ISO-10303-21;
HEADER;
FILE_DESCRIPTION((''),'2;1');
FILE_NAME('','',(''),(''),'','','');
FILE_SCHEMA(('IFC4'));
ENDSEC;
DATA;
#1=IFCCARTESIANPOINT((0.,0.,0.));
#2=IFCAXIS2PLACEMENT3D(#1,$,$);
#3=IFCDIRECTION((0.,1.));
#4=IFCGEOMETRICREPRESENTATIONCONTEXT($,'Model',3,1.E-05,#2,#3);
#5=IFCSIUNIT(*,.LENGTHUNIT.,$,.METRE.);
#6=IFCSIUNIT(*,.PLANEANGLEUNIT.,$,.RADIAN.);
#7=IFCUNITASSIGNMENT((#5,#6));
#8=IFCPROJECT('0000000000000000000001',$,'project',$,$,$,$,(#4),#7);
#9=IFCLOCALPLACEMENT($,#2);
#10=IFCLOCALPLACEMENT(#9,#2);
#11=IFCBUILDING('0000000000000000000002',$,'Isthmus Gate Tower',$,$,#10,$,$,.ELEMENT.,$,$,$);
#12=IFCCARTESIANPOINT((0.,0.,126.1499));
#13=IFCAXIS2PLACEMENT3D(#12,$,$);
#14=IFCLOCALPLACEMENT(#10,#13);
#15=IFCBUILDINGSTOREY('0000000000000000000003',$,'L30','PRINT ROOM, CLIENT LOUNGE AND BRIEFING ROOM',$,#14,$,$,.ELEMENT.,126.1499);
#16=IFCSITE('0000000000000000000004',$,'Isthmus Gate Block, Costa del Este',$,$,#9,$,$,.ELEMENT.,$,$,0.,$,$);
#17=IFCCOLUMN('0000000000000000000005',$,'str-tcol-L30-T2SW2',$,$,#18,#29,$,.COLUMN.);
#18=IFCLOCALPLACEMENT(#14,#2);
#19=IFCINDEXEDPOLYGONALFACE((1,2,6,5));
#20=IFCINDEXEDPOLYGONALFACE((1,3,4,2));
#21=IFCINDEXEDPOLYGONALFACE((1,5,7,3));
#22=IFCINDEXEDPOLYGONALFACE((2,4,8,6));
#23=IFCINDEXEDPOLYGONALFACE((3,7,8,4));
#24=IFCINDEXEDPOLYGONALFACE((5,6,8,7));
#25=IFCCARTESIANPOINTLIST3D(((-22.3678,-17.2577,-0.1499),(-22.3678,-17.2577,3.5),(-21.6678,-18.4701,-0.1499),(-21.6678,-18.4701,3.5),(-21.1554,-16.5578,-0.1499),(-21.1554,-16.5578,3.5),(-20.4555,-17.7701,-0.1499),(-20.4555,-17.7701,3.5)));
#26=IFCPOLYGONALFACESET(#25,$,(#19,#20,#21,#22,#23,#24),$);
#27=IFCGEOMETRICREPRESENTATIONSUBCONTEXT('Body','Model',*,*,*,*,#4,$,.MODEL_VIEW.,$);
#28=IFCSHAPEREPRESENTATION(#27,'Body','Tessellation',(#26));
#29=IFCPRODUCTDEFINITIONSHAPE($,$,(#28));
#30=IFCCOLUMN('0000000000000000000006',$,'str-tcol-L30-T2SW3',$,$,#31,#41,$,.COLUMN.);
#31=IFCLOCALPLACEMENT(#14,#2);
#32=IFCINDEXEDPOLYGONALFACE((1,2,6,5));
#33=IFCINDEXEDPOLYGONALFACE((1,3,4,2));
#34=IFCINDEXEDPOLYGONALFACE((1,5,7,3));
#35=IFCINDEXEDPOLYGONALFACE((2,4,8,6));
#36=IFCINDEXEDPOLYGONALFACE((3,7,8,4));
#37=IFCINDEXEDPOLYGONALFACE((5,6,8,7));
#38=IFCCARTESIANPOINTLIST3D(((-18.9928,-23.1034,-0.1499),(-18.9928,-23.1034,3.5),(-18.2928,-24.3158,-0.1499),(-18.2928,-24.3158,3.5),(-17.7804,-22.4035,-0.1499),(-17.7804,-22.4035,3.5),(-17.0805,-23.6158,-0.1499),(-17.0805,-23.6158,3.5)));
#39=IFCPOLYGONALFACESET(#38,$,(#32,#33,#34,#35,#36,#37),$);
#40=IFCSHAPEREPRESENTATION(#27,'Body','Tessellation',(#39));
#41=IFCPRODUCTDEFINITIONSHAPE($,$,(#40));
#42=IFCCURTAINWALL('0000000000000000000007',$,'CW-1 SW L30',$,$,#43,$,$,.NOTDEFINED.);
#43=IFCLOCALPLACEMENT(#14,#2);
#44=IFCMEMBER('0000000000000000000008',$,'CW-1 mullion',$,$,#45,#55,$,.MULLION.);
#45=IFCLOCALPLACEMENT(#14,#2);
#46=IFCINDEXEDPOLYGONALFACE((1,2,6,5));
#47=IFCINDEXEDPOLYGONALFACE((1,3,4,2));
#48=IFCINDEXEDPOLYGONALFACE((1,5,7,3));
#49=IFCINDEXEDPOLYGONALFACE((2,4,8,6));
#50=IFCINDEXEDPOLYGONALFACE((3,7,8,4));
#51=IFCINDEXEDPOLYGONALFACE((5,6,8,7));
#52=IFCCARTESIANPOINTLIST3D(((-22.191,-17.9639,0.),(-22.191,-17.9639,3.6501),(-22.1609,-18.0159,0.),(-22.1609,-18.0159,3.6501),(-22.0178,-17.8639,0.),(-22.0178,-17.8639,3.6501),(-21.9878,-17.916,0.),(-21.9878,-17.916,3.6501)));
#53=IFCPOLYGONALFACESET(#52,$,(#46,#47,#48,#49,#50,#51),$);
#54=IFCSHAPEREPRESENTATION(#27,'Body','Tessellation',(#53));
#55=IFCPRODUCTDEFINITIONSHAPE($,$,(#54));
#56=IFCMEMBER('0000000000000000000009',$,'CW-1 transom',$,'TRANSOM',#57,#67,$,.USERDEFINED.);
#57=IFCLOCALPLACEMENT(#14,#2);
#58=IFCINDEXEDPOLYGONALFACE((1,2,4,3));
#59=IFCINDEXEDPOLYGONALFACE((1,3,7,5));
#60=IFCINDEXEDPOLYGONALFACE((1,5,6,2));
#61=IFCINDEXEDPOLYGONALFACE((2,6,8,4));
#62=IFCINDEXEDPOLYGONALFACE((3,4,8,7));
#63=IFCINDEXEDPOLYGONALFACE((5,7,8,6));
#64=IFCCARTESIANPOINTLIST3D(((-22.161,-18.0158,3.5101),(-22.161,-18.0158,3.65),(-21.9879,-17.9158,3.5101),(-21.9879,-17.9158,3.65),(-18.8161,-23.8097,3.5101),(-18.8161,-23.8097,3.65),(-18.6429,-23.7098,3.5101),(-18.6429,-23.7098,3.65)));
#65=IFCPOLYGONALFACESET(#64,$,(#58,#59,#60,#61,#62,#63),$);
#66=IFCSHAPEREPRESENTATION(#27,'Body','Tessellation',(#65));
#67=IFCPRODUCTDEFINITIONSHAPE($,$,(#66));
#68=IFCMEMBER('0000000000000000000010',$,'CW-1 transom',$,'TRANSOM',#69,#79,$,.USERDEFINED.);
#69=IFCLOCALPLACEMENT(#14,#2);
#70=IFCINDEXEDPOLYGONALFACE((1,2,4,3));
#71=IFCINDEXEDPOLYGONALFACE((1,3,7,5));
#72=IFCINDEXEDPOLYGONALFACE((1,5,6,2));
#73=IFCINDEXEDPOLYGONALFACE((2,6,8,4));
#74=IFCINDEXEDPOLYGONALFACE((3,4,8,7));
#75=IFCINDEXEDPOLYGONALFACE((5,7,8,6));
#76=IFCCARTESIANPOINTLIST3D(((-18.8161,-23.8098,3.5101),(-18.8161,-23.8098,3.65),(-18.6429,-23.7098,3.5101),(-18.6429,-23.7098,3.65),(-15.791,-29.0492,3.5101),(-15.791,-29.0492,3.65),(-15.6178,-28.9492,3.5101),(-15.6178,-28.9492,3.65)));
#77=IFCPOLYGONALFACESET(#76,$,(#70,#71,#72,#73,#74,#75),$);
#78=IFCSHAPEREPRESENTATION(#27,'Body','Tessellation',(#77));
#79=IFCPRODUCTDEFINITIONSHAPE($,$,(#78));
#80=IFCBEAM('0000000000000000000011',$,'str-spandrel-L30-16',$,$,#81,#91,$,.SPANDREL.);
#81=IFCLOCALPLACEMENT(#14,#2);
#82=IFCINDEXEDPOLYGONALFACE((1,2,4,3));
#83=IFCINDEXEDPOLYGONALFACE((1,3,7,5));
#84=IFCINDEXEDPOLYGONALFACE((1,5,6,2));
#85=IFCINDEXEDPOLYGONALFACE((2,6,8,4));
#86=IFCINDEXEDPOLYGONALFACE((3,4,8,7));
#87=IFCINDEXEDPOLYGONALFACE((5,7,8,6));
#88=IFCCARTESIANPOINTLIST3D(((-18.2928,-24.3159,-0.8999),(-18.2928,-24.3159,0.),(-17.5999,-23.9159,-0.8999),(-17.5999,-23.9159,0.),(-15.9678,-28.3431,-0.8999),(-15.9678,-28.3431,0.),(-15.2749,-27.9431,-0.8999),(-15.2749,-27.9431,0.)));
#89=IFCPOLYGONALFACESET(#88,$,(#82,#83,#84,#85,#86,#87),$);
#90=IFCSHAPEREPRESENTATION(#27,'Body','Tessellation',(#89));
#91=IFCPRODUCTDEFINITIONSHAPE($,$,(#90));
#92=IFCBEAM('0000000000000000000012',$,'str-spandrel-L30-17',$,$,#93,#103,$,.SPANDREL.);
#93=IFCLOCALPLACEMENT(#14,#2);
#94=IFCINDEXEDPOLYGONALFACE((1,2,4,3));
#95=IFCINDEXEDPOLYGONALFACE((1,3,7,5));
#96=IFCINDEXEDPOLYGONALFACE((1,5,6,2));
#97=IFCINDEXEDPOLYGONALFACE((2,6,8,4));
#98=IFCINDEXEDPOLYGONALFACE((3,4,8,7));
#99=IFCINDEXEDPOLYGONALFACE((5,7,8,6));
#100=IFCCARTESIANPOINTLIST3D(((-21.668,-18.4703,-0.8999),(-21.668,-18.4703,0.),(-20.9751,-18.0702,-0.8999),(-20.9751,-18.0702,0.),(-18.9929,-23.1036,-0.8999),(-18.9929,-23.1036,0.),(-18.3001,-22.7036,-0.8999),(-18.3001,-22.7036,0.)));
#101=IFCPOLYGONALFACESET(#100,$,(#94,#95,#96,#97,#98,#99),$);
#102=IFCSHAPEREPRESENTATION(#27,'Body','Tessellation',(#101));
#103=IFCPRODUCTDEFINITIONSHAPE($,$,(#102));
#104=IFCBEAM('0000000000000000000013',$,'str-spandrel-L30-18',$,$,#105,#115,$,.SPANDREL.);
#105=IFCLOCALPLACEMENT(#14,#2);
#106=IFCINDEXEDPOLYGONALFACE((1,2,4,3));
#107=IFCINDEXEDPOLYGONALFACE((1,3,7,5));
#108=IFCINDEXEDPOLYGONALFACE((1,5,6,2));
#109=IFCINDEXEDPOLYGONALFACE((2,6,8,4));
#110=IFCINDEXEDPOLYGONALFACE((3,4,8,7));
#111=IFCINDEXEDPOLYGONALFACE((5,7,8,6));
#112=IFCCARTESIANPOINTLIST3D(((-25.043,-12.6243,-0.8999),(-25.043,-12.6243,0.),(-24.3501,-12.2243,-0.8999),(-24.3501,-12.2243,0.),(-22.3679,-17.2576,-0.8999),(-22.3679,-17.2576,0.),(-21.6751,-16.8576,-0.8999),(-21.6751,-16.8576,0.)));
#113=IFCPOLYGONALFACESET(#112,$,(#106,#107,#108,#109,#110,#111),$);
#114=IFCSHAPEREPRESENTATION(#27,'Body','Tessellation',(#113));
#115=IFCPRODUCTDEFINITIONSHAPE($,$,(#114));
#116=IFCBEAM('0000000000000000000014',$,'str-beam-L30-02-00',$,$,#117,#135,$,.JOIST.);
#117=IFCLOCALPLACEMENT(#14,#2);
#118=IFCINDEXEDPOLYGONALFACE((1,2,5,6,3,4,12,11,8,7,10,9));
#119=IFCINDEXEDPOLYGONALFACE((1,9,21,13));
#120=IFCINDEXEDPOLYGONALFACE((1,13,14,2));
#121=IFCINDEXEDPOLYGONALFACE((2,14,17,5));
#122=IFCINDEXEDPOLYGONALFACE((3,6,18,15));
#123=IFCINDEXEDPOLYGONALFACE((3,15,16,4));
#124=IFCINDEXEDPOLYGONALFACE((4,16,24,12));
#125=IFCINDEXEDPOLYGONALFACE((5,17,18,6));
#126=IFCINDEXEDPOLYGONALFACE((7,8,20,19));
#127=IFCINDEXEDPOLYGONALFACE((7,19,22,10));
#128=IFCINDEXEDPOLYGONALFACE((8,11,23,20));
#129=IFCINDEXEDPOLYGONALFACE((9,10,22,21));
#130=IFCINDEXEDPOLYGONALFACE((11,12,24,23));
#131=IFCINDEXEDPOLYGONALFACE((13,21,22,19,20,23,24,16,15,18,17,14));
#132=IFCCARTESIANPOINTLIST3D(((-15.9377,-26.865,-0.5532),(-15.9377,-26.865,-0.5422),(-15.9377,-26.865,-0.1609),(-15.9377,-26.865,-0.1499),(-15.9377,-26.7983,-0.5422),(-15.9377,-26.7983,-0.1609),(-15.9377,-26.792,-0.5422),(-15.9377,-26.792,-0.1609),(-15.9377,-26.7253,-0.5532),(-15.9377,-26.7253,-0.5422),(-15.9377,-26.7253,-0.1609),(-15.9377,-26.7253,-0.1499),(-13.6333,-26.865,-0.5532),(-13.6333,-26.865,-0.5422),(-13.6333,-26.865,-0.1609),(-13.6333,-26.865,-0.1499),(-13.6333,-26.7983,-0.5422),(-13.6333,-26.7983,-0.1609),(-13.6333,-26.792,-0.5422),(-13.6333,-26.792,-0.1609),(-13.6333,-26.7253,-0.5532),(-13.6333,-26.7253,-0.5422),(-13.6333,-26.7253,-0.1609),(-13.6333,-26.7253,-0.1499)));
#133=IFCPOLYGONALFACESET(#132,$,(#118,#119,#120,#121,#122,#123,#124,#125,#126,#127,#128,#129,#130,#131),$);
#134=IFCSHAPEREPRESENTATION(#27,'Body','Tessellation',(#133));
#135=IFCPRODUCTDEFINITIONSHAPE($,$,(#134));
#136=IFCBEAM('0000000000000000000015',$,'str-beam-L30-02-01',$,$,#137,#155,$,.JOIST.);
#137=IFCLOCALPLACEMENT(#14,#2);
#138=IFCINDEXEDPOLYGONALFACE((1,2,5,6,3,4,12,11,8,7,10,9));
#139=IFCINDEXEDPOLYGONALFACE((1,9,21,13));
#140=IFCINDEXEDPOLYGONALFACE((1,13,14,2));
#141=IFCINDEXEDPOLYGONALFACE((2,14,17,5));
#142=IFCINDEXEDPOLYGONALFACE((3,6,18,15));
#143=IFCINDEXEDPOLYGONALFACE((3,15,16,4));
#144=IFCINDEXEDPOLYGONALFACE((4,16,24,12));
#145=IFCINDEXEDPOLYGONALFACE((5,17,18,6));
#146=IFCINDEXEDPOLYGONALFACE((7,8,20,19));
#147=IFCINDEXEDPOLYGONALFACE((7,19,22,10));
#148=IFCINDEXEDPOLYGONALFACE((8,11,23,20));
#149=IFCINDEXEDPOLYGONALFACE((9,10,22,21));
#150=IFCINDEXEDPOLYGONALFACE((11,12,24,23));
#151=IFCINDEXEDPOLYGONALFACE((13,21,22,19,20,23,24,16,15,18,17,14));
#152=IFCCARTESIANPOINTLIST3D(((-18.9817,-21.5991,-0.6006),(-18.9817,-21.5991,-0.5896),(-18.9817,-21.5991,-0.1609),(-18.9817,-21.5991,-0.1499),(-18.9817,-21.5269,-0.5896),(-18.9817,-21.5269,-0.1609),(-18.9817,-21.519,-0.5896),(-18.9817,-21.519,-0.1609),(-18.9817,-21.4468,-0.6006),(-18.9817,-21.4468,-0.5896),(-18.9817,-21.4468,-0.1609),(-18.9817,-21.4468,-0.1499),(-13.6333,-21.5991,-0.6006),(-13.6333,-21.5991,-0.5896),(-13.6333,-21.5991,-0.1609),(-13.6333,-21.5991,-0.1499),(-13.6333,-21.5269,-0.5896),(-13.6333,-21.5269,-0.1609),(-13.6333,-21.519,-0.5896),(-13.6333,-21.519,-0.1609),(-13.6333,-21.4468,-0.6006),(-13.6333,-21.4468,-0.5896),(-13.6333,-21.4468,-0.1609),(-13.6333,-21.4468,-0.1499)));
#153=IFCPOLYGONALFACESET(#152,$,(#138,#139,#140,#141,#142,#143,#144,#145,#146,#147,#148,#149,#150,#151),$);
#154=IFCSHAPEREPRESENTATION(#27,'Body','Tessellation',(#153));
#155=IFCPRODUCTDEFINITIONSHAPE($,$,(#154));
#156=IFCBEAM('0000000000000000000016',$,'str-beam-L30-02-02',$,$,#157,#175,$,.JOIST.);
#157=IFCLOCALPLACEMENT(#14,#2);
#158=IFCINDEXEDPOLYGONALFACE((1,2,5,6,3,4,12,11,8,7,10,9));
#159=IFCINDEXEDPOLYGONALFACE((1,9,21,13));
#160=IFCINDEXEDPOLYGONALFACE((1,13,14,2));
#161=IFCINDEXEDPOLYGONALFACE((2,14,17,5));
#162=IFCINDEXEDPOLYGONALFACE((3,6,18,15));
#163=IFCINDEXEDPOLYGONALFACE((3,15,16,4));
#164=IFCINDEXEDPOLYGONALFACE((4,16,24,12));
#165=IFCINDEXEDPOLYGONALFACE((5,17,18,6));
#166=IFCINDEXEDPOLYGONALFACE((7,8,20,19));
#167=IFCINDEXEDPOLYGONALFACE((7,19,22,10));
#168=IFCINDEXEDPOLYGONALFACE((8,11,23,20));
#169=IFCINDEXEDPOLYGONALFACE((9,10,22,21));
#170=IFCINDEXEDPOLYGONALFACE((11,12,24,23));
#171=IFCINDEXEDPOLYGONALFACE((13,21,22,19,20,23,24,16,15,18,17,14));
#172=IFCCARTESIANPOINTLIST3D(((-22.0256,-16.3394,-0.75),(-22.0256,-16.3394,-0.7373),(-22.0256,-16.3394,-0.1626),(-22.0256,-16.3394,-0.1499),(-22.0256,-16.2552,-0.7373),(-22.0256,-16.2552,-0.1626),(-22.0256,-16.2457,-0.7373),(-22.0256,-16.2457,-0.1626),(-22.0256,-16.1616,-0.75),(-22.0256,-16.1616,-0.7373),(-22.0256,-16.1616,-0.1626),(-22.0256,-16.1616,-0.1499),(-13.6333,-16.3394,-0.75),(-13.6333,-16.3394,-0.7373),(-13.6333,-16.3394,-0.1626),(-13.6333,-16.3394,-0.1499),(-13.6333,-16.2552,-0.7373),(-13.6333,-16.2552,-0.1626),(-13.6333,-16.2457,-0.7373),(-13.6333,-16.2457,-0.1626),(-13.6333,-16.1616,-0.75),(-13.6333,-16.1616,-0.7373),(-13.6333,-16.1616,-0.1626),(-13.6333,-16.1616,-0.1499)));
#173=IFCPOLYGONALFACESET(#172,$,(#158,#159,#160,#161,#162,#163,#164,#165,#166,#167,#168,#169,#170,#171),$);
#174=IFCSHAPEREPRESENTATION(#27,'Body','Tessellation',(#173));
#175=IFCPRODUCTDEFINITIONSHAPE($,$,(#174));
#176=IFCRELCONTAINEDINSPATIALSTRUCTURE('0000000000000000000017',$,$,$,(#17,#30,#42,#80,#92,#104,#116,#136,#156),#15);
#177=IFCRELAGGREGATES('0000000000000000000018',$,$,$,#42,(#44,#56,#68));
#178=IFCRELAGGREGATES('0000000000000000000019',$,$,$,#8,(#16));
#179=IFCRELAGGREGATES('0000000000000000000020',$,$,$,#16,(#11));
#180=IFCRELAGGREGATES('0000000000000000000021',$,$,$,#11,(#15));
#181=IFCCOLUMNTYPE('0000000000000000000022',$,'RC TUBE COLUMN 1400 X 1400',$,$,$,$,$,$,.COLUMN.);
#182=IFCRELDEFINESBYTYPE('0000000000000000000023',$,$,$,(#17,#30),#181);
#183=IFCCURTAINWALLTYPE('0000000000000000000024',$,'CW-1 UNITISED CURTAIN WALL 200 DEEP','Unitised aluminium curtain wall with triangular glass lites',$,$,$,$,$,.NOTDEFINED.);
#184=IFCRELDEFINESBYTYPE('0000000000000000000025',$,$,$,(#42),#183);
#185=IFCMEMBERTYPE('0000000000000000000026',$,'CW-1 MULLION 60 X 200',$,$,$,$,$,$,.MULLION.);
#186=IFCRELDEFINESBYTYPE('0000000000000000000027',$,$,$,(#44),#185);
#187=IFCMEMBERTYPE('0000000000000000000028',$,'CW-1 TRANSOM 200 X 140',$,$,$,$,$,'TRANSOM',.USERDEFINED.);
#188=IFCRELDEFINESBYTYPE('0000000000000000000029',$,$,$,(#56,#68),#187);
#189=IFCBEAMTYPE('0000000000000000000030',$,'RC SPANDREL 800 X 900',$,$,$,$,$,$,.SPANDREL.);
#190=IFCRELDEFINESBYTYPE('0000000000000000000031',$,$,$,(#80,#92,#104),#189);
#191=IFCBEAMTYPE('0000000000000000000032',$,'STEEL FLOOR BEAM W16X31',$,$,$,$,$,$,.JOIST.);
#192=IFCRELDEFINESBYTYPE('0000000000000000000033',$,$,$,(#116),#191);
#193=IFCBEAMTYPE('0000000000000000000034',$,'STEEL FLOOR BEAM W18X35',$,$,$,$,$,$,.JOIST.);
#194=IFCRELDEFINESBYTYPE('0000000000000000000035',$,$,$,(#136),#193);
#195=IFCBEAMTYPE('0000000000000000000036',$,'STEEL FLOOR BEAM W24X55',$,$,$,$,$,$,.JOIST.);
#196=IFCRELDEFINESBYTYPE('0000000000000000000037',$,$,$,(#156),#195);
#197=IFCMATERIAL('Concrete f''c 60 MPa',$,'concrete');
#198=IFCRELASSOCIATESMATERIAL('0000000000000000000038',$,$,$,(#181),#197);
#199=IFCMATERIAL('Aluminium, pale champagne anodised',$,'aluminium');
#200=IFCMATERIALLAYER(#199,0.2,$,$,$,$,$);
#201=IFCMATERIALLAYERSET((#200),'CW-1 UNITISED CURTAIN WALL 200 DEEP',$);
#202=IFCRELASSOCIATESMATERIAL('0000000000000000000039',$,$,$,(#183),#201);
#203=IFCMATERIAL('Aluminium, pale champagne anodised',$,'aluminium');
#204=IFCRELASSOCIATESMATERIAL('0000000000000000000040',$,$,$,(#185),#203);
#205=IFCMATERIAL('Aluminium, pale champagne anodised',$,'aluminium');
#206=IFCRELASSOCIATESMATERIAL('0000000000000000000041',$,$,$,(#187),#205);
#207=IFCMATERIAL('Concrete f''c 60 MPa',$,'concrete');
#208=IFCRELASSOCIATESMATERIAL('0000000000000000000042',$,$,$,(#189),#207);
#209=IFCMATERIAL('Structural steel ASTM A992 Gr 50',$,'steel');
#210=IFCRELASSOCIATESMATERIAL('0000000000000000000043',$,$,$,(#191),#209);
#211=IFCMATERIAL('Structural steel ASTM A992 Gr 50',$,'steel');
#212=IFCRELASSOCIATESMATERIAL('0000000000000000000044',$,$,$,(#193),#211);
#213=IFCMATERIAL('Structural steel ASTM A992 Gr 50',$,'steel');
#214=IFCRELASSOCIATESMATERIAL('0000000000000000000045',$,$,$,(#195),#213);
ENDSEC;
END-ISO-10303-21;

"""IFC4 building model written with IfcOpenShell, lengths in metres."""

from ifc_helpers import new_model, si_unit, direction, frame, origin, origin_2d, place, context, subcontext, project, spatial, rectangle, i_section, extrude, material, layer, layer_set, material_profile, profile_set, type_object, element, aggregate, save


model = new_model("IFC4")

# Units and contexts
model_context = context("Model", 3, precision=1e-05, world=origin(), true_north=direction((0.0, 1.0)))
body_context = subcontext(model_context, "Body", "Model", "MODEL_VIEW")
ifc_project = project(units=[si_unit("LENGTHUNIT", "METRE"), si_unit("PLANEANGLEUNIT", "RADIAN")], contexts=[model_context])

# Site, building, storey
site_placement = place(None, origin())
site = spatial("IfcSite", under=ifc_project, at=site_placement, Name="Isthmus Gate Block, Costa del Este", CompositionType="ELEMENT", RefElevation=0.0)
building_placement = place(site_placement, origin())
building = spatial("IfcBuilding", under=site, at=building_placement, Name="Isthmus Gate Tower", CompositionType="ELEMENT")
storey_placement = place(building_placement, frame((0.0, 0.0, 126.1499)))
storey = spatial("IfcBuildingStorey", under=building, at=storey_placement, Name="L30", Description="PRINT ROOM, CLIENT LOUNGE AND BRIEFING ROOM", CompositionType="ELEMENT", Elevation=126.1499)

# Columns
ifc_material_1 = material(Name="Concrete f'c 60 MPa", Category="concrete")
ifc_material_profile_1 = material_profile(ifc_material_1, rectangle(XDim=1.3999, YDim=1.3999, at=origin_2d()), Name="RC 1400X1400")
ifc_profile_set_1 = profile_set([ifc_material_profile_1], Name="Concrete f'c 60 MPa")
column_type = type_object("IfcColumnType", Name="RC TUBE COLUMN 1400 X 1400", PredefinedType="COLUMN", material=ifc_profile_set_1)
for number, where, z_axis, x_axis, name in (
    (1, (-21.4116, -17.5139, -0.1499), (0.0, 0.0, 1.0), (0.5, -0.866025, 0.0), "str-tcol-L30-T2SW2"),
    (2, (-18.0366, -23.3596, -0.1499), (0.0, 0.0, 1.0), (0.5, -0.866025, 0.0), "str-tcol-L30-T2SW3"),
):
    element("IfcColumn", number, at=place(storey_placement, frame(where, z_axis=z_axis, x_axis=x_axis)), inside=storey, type_object=column_type, Name=name, PredefinedType="COLUMN", context=body_context, shape_type="SweptSolid", body=[
        extrude(rectangle(XDim=1.3999, YDim=1.3999, at=origin_2d()), origin(), (0.0, 0.0, 1.0), 3.6499),
    ])

# Curtain wall, members
ifc_material_2 = material(Name="Aluminium, pale champagne anodised", Category="aluminium")
ifc_layer_1 = layer(ifc_material_2, 0.2)
ifc_layer_set_1 = layer_set([ifc_layer_1], Name="CW-1 UNITISED CURTAIN WALL 200 DEEP")
curtain_wall_type = type_object("IfcCurtainWallType", Name="CW-1 UNITISED CURTAIN WALL 200 DEEP", Description="Unitised aluminium curtain wall with triangular glass lites", PredefinedType="NOTDEFINED", material=ifc_layer_set_1)
curtain_wall_placement = place(storey_placement, origin())
curtain_wall = element("IfcCurtainWall", 3, at=curtain_wall_placement, inside=storey, type_object=curtain_wall_type, Name="CW-1 SW L30", PredefinedType="NOTDEFINED")
ifc_material_3 = material(Name="Aluminium, pale champagne anodised", Category="aluminium")
ifc_material_profile_2 = material_profile(ifc_material_3, rectangle(XDim=0.0601, YDim=0.2, at=origin_2d()), Name="60x200")
ifc_profile_set_2 = profile_set([ifc_material_profile_2], Name="Aluminium, pale champagne anodised")
member_type_1 = type_object("IfcMemberType", Name="CW-1 MULLION 60 X 200", PredefinedType="MULLION", material=ifc_profile_set_2)
member_1_placement = place(storey_placement, frame((-22.0894, -17.9399, 0.0), z_axis=(0.0, 0.0, 1.0), x_axis=(0.5, -0.866025, 0.0)))
member_1 = element("IfcMember", 4, at=member_1_placement, type_object=member_type_1, Name="CW-1 mullion", PredefinedType="MULLION", context=body_context, shape_type="SweptSolid", body=[
    extrude(rectangle(XDim=0.0601, YDim=0.2, at=origin_2d()), origin(), (0.0, 0.0, 1.0), 3.6501),
])
ifc_material_4 = material(Name="Aluminium, pale champagne anodised", Category="aluminium")
ifc_material_profile_3 = material_profile(ifc_material_4, rectangle(XDim=0.2, YDim=0.1399, at=origin_2d()), Name="200x140")
ifc_profile_set_3 = profile_set([ifc_material_profile_3], Name="Aluminium, pale champagne anodised")
member_type_2 = type_object("IfcMemberType", Name="CW-1 TRANSOM 200 X 140", ElementType="TRANSOM", PredefinedType="USERDEFINED", material=ifc_profile_set_3)
member_2_placement = place(storey_placement, frame((-22.0745, -17.9658, 3.5801), z_axis=(0.499981, -0.866036, 0.0), x_axis=(0.866036, 0.499981, 0.0)))
member_2 = element("IfcMember", 5, at=member_2_placement, type_object=member_type_2, Name="CW-1 transom", ObjectType="TRANSOM", PredefinedType="USERDEFINED", context=body_context, shape_type="SweptSolid", body=[
    extrude(rectangle(XDim=0.2, YDim=0.1399, at=origin_2d()), origin(), (0.0, 0.0, 1.0), 6.6902),
])
member_3_placement = place(storey_placement, frame((-18.7295, -23.7598, 3.5801), z_axis=(0.500015, -0.866017, 0.0), x_axis=(0.866017, 0.500015, 0.0)))
member_3 = element("IfcMember", 6, at=member_3_placement, type_object=member_type_2, Name="CW-1 transom", ObjectType="TRANSOM", PredefinedType="USERDEFINED", context=body_context, shape_type="SweptSolid", body=[
    extrude(rectangle(XDim=0.2, YDim=0.1399, at=origin_2d()), origin(), (0.0, 0.0, 1.0), 6.05),
])

# Beams
ifc_material_5 = material(Name="Concrete f'c 60 MPa", Category="concrete")
ifc_material_profile_4 = material_profile(ifc_material_5, rectangle(XDim=0.8, YDim=0.8999, at=origin_2d()), Name="RC 800X900")
ifc_profile_set_4 = profile_set([ifc_material_profile_4], Name="Concrete f'c 60 MPa")
beam_type_1 = type_object("IfcBeamType", Name="RC SPANDREL 800 X 900", PredefinedType="SPANDREL", material=ifc_profile_set_4)
beam_1_placement = place(storey_placement, frame((-15.6213, -28.1431, -0.45), z_axis=(-0.499985, 0.866034, 0.0), x_axis=(-0.866034, -0.499985, 0.0)))
element("IfcBeam", 7, at=beam_1_placement, inside=storey, type_object=beam_type_1, Name="str-spandrel-L30-16", PredefinedType="SPANDREL", context=body_context, shape_type="SweptSolid", body=[
    extrude(rectangle(XDim=0.8, YDim=0.8999, at=origin_2d()), origin(), (0.0, 0.0, 1.0), 4.6501),
])
for number, where, z_axis, x_axis, name in (
    (8, (-18.6465, -22.9036, -0.45), (-0.500002, 0.866024, 0.0), (-0.866024, -0.500002, 0.0), "str-spandrel-L30-17"),
    (9, (-22.0215, -17.0576, -0.45), (-0.500002, 0.866024, 0.0), (-0.866024, -0.500002, 0.0), "str-spandrel-L30-18"),
):
    element("IfcBeam", number, at=place(storey_placement, frame(where, z_axis=z_axis, x_axis=x_axis)), inside=storey, type_object=beam_type_1, Name=name, PredefinedType="SPANDREL", context=body_context, shape_type="SweptSolid", body=[
        extrude(rectangle(XDim=0.8, YDim=0.8999, at=origin_2d()), origin(), (0.0, 0.0, 1.0), 5.3501),
    ])
ifc_material_6 = material(Name="Structural steel ASTM A992 Gr 50", Category="steel")
ifc_material_profile_5 = material_profile(ifc_material_6, i_section(OverallWidth=0.1396, OverallDepth=0.4033, WebThickness=0.0063, FlangeThickness=0.011, at=origin_2d()), Name="W16X31")
ifc_profile_set_5 = profile_set([ifc_material_profile_5], Name="Structural steel ASTM A992 Gr 50")
beam_type_2 = type_object("IfcBeamType", Name="STEEL FLOOR BEAM W16X31", PredefinedType="JOIST", material=ifc_profile_set_5)
beam_2_placement = place(storey_placement, frame((-15.9377, -26.7952, -0.3516), z_axis=(1.0, 0.0, 0.0), x_axis=(0.0, 1.0, 0.0)))
element("IfcBeam", 10, at=beam_2_placement, inside=storey, type_object=beam_type_2, Name="str-beam-L30-02-00", PredefinedType="JOIST", context=body_context, shape_type="SweptSolid", body=[
    extrude(i_section(OverallWidth=0.1396, OverallDepth=0.4033, WebThickness=0.0063, FlangeThickness=0.011, at=origin_2d()), origin(), (0.0, 0.0, 1.0), 2.3044),
])
ifc_material_7 = material(Name="Structural steel ASTM A992 Gr 50", Category="steel")
ifc_material_profile_6 = material_profile(ifc_material_7, i_section(OverallWidth=0.1523, OverallDepth=0.4507, WebThickness=0.0078, FlangeThickness=0.011, at=origin_2d()), Name="W18X35")
ifc_profile_set_6 = profile_set([ifc_material_profile_6], Name="Structural steel ASTM A992 Gr 50")
beam_type_3 = type_object("IfcBeamType", Name="STEEL FLOOR BEAM W18X35", PredefinedType="JOIST", material=ifc_profile_set_6)
beam_3_placement = place(storey_placement, frame((-18.9817, -21.5229, -0.3752), z_axis=(1.0, 0.0, 0.0), x_axis=(0.0, 1.0, 0.0)))
element("IfcBeam", 11, at=beam_3_placement, inside=storey, type_object=beam_type_3, Name="str-beam-L30-02-01", PredefinedType="JOIST", context=body_context, shape_type="SweptSolid", body=[
    extrude(i_section(OverallWidth=0.1523, OverallDepth=0.4507, WebThickness=0.0078, FlangeThickness=0.011, at=origin_2d()), origin(), (0.0, 0.0, 1.0), 5.3484),
])
ifc_material_8 = material(Name="Structural steel ASTM A992 Gr 50", Category="steel")
ifc_material_profile_7 = material_profile(ifc_material_8, i_section(OverallWidth=0.1777, OverallDepth=0.6001, WebThickness=0.0095, FlangeThickness=0.0127, at=origin_2d()), Name="W24X55")
ifc_profile_set_7 = profile_set([ifc_material_profile_7], Name="Structural steel ASTM A992 Gr 50")
beam_type_4 = type_object("IfcBeamType", Name="STEEL FLOOR BEAM W24X55", PredefinedType="JOIST", material=ifc_profile_set_7)
beam_4_placement = place(storey_placement, frame((-22.0256, -16.2505, -0.45), z_axis=(1.0, 0.0, 0.0), x_axis=(0.0, 1.0, 0.0)))
element("IfcBeam", 12, at=beam_4_placement, inside=storey, type_object=beam_type_4, Name="str-beam-L30-02-02", PredefinedType="JOIST", context=body_context, shape_type="SweptSolid", body=[
    extrude(i_section(OverallWidth=0.1777, OverallDepth=0.6001, WebThickness=0.0095, FlangeThickness=0.0127, at=origin_2d()), origin(), (0.0, 0.0, 1.0), 8.3923),
])

aggregate(curtain_wall, [member_1, member_2, member_3])

save(model, "model.ifc")
